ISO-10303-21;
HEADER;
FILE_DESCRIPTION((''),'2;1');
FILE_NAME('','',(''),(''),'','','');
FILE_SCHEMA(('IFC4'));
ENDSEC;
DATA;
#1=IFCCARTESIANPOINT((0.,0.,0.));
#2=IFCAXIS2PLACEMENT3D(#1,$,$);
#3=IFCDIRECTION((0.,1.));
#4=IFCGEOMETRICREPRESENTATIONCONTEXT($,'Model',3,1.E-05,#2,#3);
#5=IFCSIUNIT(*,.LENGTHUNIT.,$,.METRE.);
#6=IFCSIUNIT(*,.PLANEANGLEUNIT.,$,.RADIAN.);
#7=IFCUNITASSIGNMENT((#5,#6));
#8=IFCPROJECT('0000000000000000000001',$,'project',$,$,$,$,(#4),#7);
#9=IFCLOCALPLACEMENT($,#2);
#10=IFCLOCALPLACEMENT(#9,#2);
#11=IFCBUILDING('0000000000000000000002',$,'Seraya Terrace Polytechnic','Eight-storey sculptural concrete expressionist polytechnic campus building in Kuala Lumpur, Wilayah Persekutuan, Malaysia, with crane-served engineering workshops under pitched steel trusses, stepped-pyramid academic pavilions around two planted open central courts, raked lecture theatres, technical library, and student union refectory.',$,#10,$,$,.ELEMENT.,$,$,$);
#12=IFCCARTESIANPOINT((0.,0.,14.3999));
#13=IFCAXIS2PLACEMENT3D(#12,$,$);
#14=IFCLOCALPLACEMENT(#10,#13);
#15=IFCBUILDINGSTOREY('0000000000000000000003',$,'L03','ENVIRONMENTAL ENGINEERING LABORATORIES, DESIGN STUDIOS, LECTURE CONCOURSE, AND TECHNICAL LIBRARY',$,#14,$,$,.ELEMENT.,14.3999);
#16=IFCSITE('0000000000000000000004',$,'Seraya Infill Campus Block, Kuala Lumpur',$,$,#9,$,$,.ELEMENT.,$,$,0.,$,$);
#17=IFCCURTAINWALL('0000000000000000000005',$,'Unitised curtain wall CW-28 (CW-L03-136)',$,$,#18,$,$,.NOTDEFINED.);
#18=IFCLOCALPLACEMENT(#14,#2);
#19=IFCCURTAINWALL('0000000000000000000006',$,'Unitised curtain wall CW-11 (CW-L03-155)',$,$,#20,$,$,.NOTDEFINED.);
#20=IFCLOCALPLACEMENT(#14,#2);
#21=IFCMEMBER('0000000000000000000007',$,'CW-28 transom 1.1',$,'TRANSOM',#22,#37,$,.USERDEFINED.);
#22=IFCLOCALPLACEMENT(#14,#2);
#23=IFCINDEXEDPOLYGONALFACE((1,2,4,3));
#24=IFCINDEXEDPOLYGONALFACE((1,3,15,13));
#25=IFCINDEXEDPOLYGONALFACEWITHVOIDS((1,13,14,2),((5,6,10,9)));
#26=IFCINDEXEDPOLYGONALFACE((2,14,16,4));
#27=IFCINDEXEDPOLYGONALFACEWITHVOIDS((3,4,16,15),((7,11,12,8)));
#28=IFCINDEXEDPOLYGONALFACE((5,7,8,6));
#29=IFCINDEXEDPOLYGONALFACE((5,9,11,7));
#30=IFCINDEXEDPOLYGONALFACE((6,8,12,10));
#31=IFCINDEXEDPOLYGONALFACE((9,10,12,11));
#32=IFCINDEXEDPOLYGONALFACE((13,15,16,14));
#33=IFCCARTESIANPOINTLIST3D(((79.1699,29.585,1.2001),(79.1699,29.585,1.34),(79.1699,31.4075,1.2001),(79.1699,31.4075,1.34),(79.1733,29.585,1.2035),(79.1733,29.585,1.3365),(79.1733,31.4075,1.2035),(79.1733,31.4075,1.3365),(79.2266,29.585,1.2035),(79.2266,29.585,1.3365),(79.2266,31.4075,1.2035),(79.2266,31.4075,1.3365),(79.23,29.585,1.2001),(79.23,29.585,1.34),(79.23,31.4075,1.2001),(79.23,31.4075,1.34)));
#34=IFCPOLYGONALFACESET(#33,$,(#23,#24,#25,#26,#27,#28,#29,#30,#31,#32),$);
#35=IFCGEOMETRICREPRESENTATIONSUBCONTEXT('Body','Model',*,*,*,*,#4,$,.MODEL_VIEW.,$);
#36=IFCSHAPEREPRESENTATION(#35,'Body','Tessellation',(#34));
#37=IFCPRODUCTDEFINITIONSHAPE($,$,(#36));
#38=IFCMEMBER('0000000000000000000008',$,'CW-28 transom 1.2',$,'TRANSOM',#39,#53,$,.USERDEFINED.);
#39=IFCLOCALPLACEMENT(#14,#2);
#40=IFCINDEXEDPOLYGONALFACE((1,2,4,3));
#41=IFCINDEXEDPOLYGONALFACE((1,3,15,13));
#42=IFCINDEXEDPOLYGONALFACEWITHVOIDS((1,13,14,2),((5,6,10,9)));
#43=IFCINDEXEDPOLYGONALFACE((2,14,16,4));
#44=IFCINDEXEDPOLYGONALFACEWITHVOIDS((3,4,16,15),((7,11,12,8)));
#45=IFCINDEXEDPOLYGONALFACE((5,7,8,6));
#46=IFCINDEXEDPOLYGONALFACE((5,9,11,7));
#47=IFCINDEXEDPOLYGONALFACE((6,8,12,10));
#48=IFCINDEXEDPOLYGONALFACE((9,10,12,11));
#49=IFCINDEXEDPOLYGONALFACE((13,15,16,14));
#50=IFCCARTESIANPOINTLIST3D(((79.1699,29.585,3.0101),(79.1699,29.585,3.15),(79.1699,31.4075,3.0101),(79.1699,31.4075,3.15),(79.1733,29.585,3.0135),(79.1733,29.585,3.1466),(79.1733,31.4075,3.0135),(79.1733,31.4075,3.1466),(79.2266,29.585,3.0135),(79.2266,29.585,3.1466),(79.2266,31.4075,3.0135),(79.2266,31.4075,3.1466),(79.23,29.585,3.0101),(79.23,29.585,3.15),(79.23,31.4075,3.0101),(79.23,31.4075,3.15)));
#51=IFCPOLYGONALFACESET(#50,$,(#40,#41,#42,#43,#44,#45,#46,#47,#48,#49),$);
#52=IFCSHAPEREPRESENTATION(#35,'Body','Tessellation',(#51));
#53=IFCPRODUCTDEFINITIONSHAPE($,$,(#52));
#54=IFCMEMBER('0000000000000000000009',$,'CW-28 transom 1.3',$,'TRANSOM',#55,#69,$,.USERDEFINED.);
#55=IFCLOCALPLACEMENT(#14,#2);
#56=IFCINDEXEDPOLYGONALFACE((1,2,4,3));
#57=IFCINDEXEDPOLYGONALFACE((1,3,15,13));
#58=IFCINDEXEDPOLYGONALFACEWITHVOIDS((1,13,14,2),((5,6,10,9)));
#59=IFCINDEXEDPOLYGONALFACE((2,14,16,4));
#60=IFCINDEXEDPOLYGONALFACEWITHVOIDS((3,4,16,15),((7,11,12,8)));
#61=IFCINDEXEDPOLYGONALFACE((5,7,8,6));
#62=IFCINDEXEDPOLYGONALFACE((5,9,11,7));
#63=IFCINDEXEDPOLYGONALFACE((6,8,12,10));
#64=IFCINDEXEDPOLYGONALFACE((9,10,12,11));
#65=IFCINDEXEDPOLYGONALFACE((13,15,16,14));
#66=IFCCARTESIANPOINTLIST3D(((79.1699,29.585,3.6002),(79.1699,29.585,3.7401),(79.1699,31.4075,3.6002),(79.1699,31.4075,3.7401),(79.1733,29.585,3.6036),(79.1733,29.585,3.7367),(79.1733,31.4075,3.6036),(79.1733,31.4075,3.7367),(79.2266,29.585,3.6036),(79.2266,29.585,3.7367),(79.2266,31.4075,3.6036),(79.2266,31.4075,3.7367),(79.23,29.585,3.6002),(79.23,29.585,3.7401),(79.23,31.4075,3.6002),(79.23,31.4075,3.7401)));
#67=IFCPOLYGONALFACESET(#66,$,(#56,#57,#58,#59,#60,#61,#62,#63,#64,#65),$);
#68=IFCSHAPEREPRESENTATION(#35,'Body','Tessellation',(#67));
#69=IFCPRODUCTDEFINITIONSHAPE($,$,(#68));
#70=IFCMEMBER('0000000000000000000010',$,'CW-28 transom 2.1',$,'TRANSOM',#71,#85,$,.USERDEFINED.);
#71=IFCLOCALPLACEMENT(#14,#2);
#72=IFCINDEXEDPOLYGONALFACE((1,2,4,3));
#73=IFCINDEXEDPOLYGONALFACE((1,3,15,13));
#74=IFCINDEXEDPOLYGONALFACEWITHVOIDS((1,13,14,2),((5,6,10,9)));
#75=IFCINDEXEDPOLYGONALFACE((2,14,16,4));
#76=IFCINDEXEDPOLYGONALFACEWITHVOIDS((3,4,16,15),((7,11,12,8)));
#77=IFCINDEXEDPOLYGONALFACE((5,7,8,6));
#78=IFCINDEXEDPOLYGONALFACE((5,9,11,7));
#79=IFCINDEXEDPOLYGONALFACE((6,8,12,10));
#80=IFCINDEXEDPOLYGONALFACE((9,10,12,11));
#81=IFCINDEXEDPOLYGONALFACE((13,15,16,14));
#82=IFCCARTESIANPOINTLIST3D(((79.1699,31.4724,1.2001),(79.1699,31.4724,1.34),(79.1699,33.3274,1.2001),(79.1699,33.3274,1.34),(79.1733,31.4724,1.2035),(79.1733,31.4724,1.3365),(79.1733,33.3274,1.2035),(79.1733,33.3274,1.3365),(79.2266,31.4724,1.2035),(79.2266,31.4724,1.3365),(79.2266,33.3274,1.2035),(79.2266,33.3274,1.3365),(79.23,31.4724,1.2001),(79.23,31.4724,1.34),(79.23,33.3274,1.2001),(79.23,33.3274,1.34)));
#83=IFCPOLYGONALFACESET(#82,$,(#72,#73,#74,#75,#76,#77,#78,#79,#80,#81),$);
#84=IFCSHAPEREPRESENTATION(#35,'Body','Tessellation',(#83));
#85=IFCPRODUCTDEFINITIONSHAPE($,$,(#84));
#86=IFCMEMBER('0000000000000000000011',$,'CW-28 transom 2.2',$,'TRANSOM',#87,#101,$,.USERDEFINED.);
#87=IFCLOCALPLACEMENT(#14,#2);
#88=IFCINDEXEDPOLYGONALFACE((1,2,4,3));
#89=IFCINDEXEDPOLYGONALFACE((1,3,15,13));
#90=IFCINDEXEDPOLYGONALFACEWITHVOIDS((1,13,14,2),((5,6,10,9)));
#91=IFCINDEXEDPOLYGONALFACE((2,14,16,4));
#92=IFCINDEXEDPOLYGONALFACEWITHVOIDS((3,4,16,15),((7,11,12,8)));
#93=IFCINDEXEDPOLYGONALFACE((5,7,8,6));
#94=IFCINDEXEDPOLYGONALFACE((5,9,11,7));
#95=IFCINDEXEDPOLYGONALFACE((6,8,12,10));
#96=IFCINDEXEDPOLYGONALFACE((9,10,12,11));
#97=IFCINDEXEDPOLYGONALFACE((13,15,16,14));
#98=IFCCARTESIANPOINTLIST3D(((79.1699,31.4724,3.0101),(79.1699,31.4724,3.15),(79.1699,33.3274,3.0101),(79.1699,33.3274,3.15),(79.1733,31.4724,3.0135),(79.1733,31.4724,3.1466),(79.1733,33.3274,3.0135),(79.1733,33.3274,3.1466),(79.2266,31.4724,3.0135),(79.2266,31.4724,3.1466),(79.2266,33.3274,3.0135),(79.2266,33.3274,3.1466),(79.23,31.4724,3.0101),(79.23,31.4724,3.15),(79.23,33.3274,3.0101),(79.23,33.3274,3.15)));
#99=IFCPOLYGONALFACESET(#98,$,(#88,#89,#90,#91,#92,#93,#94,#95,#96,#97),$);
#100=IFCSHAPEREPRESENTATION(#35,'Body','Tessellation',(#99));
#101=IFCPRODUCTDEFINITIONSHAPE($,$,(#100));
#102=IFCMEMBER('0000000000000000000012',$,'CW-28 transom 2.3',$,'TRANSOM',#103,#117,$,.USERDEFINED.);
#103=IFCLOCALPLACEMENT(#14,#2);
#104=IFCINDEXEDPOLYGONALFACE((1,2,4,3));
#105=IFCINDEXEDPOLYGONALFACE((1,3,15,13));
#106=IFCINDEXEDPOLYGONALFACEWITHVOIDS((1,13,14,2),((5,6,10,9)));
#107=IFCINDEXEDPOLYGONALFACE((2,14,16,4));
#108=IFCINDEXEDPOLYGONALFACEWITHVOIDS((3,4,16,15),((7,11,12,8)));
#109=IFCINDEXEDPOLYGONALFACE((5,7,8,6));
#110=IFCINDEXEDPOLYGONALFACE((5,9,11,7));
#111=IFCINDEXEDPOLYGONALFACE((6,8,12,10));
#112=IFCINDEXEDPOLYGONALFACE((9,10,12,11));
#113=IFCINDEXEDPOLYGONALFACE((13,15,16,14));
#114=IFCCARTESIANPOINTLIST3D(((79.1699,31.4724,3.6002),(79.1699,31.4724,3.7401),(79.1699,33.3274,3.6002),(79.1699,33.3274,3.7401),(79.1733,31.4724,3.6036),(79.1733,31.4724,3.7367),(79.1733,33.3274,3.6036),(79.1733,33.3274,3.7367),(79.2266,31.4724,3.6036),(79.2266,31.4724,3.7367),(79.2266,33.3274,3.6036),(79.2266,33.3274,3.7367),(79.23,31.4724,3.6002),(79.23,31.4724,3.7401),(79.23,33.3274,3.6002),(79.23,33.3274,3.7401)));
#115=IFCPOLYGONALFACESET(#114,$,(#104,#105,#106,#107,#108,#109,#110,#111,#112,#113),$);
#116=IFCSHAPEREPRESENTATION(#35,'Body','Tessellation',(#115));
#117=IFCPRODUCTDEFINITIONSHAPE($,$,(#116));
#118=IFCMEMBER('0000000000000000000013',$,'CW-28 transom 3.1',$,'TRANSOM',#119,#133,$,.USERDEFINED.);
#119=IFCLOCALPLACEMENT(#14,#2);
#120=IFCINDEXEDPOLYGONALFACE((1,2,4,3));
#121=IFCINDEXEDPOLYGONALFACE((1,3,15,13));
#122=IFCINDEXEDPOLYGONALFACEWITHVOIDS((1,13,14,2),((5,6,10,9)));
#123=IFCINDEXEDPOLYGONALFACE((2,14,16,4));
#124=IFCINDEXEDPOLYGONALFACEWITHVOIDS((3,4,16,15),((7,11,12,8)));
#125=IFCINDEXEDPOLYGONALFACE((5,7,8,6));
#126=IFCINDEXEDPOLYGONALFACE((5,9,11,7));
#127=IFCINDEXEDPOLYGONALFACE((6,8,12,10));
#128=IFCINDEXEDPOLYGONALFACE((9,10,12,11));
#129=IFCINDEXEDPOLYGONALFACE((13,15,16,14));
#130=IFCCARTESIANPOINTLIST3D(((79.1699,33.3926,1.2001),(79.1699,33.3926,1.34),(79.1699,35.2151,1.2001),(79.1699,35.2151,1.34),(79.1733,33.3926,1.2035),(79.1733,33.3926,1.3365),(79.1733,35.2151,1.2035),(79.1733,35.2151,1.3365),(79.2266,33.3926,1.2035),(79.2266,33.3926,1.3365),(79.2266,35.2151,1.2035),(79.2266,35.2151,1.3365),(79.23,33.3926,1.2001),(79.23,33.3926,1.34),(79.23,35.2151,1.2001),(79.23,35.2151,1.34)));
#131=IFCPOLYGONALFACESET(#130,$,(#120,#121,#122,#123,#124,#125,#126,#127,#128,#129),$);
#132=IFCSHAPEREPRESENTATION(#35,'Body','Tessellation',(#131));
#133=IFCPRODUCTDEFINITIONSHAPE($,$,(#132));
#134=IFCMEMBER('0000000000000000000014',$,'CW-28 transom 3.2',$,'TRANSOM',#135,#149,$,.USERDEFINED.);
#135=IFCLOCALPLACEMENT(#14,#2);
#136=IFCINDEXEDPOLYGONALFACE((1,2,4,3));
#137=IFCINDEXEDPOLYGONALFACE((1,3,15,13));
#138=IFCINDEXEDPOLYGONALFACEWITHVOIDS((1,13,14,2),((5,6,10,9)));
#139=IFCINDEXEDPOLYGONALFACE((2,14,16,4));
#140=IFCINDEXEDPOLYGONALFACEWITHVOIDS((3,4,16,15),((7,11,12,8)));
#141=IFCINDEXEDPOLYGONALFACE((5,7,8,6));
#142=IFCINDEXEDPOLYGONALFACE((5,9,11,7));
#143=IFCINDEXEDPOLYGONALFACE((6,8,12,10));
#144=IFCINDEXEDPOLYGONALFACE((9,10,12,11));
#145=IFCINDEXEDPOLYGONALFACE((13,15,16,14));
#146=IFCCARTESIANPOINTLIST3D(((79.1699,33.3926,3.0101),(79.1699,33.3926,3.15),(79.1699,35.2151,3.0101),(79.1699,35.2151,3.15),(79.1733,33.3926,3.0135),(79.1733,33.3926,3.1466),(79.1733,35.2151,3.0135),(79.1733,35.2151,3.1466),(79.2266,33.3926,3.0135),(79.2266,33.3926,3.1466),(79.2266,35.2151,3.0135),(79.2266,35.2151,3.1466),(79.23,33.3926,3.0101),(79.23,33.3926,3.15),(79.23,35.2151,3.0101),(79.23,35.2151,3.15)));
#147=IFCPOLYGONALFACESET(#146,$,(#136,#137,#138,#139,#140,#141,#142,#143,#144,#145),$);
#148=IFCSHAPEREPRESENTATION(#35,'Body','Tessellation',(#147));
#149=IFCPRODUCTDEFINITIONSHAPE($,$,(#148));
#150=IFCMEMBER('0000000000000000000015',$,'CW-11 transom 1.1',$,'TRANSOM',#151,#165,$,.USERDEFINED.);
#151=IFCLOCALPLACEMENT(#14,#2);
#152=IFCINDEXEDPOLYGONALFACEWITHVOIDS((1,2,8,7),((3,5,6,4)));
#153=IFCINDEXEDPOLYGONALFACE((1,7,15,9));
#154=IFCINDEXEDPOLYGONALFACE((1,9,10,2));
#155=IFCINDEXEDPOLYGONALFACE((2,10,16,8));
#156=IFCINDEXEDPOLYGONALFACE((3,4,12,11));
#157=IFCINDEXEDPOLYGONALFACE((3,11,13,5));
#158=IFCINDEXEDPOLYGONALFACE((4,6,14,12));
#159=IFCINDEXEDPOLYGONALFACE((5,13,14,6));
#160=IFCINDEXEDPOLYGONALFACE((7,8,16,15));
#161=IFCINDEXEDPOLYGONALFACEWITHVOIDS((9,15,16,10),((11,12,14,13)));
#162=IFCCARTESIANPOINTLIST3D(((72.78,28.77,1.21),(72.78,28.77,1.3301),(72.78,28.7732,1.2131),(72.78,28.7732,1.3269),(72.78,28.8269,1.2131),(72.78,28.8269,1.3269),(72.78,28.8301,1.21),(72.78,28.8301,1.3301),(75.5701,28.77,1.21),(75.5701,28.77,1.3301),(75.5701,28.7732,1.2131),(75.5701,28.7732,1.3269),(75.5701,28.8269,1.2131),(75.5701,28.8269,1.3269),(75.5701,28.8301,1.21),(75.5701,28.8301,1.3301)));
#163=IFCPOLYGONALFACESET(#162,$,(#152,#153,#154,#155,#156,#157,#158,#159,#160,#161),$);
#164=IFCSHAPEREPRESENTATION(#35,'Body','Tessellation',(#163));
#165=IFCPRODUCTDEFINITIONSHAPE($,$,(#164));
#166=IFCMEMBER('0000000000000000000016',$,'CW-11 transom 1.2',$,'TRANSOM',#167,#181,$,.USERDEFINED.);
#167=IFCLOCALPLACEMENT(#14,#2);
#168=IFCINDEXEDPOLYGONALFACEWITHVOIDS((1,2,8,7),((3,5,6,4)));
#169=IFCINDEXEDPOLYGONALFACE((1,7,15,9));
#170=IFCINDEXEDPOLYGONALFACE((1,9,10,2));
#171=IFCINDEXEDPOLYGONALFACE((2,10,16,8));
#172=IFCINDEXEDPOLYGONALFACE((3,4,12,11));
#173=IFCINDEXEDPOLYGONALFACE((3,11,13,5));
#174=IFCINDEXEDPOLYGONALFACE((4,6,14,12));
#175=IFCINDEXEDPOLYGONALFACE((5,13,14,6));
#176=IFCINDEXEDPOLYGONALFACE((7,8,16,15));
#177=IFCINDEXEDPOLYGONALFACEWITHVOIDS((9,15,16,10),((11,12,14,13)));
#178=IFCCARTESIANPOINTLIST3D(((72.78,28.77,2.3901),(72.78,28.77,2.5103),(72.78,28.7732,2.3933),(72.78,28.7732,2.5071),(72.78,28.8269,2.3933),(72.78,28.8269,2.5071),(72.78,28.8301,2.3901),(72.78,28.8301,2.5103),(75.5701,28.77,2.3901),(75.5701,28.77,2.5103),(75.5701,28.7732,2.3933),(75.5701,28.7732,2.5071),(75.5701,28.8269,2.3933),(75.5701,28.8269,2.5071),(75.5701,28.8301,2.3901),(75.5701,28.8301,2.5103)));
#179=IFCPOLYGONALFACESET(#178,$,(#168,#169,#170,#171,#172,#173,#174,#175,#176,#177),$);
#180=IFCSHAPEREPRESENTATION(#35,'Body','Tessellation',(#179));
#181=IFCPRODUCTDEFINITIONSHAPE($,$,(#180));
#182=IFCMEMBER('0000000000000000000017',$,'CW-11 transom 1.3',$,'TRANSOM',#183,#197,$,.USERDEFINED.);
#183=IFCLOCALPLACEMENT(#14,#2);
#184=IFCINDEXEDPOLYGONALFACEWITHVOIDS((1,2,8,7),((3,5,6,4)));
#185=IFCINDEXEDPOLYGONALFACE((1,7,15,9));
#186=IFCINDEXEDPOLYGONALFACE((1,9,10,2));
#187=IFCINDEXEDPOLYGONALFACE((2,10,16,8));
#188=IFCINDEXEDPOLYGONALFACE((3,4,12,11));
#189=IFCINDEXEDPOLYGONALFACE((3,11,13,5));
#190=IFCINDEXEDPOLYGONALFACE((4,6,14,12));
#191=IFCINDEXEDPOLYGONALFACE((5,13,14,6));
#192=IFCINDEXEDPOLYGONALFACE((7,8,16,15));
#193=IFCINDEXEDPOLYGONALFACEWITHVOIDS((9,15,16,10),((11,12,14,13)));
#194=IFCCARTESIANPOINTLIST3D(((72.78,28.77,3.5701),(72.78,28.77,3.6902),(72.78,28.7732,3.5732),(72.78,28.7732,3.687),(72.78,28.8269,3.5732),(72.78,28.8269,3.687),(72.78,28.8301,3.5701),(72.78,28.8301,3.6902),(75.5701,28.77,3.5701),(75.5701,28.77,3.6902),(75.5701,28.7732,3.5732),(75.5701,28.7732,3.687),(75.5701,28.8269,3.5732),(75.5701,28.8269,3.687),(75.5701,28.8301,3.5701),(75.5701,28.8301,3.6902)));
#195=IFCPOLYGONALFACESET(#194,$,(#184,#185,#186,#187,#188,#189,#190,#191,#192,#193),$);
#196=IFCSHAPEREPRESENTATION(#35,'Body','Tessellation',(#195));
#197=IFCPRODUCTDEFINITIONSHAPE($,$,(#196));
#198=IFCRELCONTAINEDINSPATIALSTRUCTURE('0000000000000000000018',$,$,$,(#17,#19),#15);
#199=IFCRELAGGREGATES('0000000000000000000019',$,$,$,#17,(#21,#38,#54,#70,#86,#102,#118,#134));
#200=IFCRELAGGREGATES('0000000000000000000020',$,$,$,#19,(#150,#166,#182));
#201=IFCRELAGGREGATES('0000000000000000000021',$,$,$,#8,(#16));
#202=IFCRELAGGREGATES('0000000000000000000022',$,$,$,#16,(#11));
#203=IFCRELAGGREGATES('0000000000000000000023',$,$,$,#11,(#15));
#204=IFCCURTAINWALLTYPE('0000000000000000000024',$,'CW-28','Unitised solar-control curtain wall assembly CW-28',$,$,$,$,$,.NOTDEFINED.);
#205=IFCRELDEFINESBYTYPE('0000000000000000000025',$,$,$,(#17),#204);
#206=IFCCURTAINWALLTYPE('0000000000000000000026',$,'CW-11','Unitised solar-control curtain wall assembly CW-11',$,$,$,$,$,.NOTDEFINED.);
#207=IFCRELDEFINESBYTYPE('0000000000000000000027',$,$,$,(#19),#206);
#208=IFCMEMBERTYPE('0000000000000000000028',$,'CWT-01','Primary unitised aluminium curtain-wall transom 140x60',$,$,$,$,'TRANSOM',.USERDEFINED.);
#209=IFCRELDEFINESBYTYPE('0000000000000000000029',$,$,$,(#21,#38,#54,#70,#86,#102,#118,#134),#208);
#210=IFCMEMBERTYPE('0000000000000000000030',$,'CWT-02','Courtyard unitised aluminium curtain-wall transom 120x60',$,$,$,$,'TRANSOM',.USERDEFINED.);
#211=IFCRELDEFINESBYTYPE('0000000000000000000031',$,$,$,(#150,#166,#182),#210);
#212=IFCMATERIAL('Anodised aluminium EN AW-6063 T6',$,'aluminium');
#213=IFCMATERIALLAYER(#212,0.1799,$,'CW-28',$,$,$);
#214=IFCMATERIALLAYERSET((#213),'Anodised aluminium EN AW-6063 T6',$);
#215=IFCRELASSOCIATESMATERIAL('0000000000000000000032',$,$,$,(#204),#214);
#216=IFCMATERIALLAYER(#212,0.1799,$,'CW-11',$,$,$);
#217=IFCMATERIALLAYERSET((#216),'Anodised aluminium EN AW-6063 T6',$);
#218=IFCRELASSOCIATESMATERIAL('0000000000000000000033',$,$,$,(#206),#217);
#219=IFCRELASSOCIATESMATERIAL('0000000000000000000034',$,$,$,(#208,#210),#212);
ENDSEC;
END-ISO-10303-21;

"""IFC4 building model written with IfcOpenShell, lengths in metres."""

from ifc_helpers import new_model, si_unit, direction, frame, origin, origin_2d, place, context, subcontext, project, spatial, hollow_rectangle, extrude, material, layer, layer_set, material_profile, profile_set, type_object, element, aggregate, save


model = new_model("IFC4")

# Units and contexts
model_context = context("Model", 3, precision=1e-05, world=origin(), true_north=direction((0.0, 1.0)))
body_context = subcontext(model_context, "Body", "Model", "MODEL_VIEW")
ifc_project = project(units=[si_unit("LENGTHUNIT", "METRE"), si_unit("PLANEANGLEUNIT", "RADIAN")], contexts=[model_context])

# Site, building, storey
site_placement = place(None, origin())
site = spatial("IfcSite", under=ifc_project, at=site_placement, Name="Seraya Infill Campus Block, Kuala Lumpur", CompositionType="ELEMENT", RefElevation=0.0)
building_placement = place(site_placement, origin())
building = spatial("IfcBuilding", under=site, at=building_placement, Name="Seraya Terrace Polytechnic", Description="Eight-storey sculptural concrete expressionist polytechnic campus building in Kuala Lumpur, Wilayah Persekutuan, Malaysia, with crane-served engineering workshops under pitched steel trusses, stepped-pyramid academic pavilions around two planted open central courts, raked lecture theatres, technical library, and student union refectory.", CompositionType="ELEMENT")
storey_placement = place(building_placement, frame((0.0, 0.0, 14.3999)))
storey = spatial("IfcBuildingStorey", under=building, at=storey_placement, Name="L03", Description="ENVIRONMENTAL ENGINEERING LABORATORIES, DESIGN STUDIOS, LECTURE CONCOURSE, AND TECHNICAL LIBRARY", CompositionType="ELEMENT", Elevation=14.3999)

# Curtain wall
ifc_material_1 = material(Name="Anodised aluminium EN AW-6063 T6", Category="aluminium")
ifc_layer_1 = layer(ifc_material_1, 0.1799, Name="CW-28")
ifc_layer_set_1 = layer_set([ifc_layer_1], Name="Anodised aluminium EN AW-6063 T6")
curtain_wall_type_1 = type_object("IfcCurtainWallType", Name="CW-28", Description="Unitised solar-control curtain wall assembly CW-28", PredefinedType="NOTDEFINED", material=ifc_layer_set_1)
curtain_wall_1_placement = place(storey_placement, origin())
curtain_wall_1 = element("IfcCurtainWall", 1, at=curtain_wall_1_placement, inside=storey, type_object=curtain_wall_type_1, Name="Unitised curtain wall CW-28 (CW-L03-136)", PredefinedType="NOTDEFINED")

# Curtain wall
ifc_layer_2 = layer(ifc_material_1, 0.1799, Name="CW-11")
ifc_layer_set_2 = layer_set([ifc_layer_2], Name="Anodised aluminium EN AW-6063 T6")
curtain_wall_type_2 = type_object("IfcCurtainWallType", Name="CW-11", Description="Unitised solar-control curtain wall assembly CW-11", PredefinedType="NOTDEFINED", material=ifc_layer_set_2)
curtain_wall_2_placement = place(storey_placement, origin())
curtain_wall_2 = element("IfcCurtainWall", 2, at=curtain_wall_2_placement, inside=storey, type_object=curtain_wall_type_2, Name="Unitised curtain wall CW-11 (CW-L03-155)", PredefinedType="NOTDEFINED")

# Members
ifc_material_profile_1 = material_profile(ifc_material_1, hollow_rectangle(XDim=0.0601, YDim=0.1399, WallThickness=0.0034, at=origin_2d()), Name="RHS 140x60x3.5")
ifc_profile_set_1 = profile_set([ifc_material_profile_1], Name="Anodised aluminium EN AW-6063 T6")
member_type_1 = type_object("IfcMemberType", Name="CWT-01", Description="Primary unitised aluminium curtain-wall transom 140x60", ElementType="TRANSOM", PredefinedType="USERDEFINED", material=ifc_profile_set_1)
member_1_placement = place(storey_placement, frame((79.2, 29.585, 1.27), z_axis=(0.0, 1.0, 0.0), x_axis=(-1.0, 0.0, 0.0)))
member_1 = element("IfcMember", 3, at=member_1_placement, type_object=member_type_1, Name="CW-28 transom 1.1", ObjectType="TRANSOM", PredefinedType="USERDEFINED", context=body_context, shape_type="SweptSolid", body=[
    extrude(hollow_rectangle(XDim=0.0601, YDim=0.1399, WallThickness=0.0034, at=origin_2d()), origin(), (0.0, 0.0, 1.0), 1.8225),
])
member_2_placement = place(storey_placement, frame((79.2, 29.585, 3.0801), z_axis=(0.0, 1.0, 0.0), x_axis=(-1.0, 0.0, 0.0)))
member_2 = element("IfcMember", 4, at=member_2_placement, type_object=member_type_1, Name="CW-28 transom 1.2", ObjectType="TRANSOM", PredefinedType="USERDEFINED", context=body_context, shape_type="SweptSolid", body=[
    extrude(hollow_rectangle(XDim=0.0601, YDim=0.1399, WallThickness=0.0034, at=origin_2d()), origin(), (0.0, 0.0, 1.0), 1.8225),
])
member_3_placement = place(storey_placement, frame((79.2, 29.585, 3.6702), z_axis=(0.0, 1.0, 0.0), x_axis=(-1.0, 0.0, 0.0)))
member_3 = element("IfcMember", 5, at=member_3_placement, type_object=member_type_1, Name="CW-28 transom 1.3", ObjectType="TRANSOM", PredefinedType="USERDEFINED", context=body_context, shape_type="SweptSolid", body=[
    extrude(hollow_rectangle(XDim=0.0601, YDim=0.1399, WallThickness=0.0034, at=origin_2d()), origin(), (0.0, 0.0, 1.0), 1.8225),
])
member_4_placement = place(storey_placement, frame((79.2, 31.4724, 1.27), z_axis=(0.0, 1.0, 0.0), x_axis=(-1.0, 0.0, 0.0)))
member_4 = element("IfcMember", 6, at=member_4_placement, type_object=member_type_1, Name="CW-28 transom 2.1", ObjectType="TRANSOM", PredefinedType="USERDEFINED", context=body_context, shape_type="SweptSolid", body=[
    extrude(hollow_rectangle(XDim=0.0601, YDim=0.1399, WallThickness=0.0034, at=origin_2d()), origin(), (0.0, 0.0, 1.0), 1.855),
])
member_5_placement = place(storey_placement, frame((79.2, 31.4724, 3.0801), z_axis=(0.0, 1.0, 0.0), x_axis=(-1.0, 0.0, 0.0)))
member_5 = element("IfcMember", 7, at=member_5_placement, type_object=member_type_1, Name="CW-28 transom 2.2", ObjectType="TRANSOM", PredefinedType="USERDEFINED", context=body_context, shape_type="SweptSolid", body=[
    extrude(hollow_rectangle(XDim=0.0601, YDim=0.1399, WallThickness=0.0034, at=origin_2d()), origin(), (0.0, 0.0, 1.0), 1.855),
])
member_6_placement = place(storey_placement, frame((79.2, 31.4724, 3.6702), z_axis=(0.0, 1.0, 0.0), x_axis=(-1.0, 0.0, 0.0)))
member_6 = element("IfcMember", 8, at=member_6_placement, type_object=member_type_1, Name="CW-28 transom 2.3", ObjectType="TRANSOM", PredefinedType="USERDEFINED", context=body_context, shape_type="SweptSolid", body=[
    extrude(hollow_rectangle(XDim=0.0601, YDim=0.1399, WallThickness=0.0034, at=origin_2d()), origin(), (0.0, 0.0, 1.0), 1.855),
])
member_7_placement = place(storey_placement, frame((79.2, 33.3926, 1.27), z_axis=(0.0, 1.0, 0.0), x_axis=(-1.0, 0.0, 0.0)))
member_7 = element("IfcMember", 9, at=member_7_placement, type_object=member_type_1, Name="CW-28 transom 3.1", ObjectType="TRANSOM", PredefinedType="USERDEFINED", context=body_context, shape_type="SweptSolid", body=[
    extrude(hollow_rectangle(XDim=0.0601, YDim=0.1399, WallThickness=0.0034, at=origin_2d()), origin(), (0.0, 0.0, 1.0), 1.8225),
])
member_8_placement = place(storey_placement, frame((79.2, 33.3926, 3.0801), z_axis=(0.0, 1.0, 0.0), x_axis=(-1.0, 0.0, 0.0)))
member_8 = element("IfcMember", 10, at=member_8_placement, type_object=member_type_1, Name="CW-28 transom 3.2", ObjectType="TRANSOM", PredefinedType="USERDEFINED", context=body_context, shape_type="SweptSolid", body=[
    extrude(hollow_rectangle(XDim=0.0601, YDim=0.1399, WallThickness=0.0034, at=origin_2d()), origin(), (0.0, 0.0, 1.0), 1.8225),
])
ifc_material_profile_2 = material_profile(ifc_material_1, hollow_rectangle(XDim=0.0601, YDim=0.1201, WallThickness=0.0032, at=origin_2d()), Name="RHS 120x60x3.2")
ifc_profile_set_2 = profile_set([ifc_material_profile_2], Name="Anodised aluminium EN AW-6063 T6")
member_type_2 = type_object("IfcMemberType", Name="CWT-02", Description="Courtyard unitised aluminium curtain-wall transom 120x60", ElementType="TRANSOM", PredefinedType="USERDEFINED", material=ifc_profile_set_2)
member_9_placement = place(storey_placement, frame((72.78, 28.8, 1.27), z_axis=(1.0, 0.0, 0.0), x_axis=(0.0, 1.0, 0.0)))
member_9 = element("IfcMember", 11, at=member_9_placement, type_object=member_type_2, Name="CW-11 transom 1.1", ObjectType="TRANSOM", PredefinedType="USERDEFINED", context=body_context, shape_type="SweptSolid", body=[
    extrude(hollow_rectangle(XDim=0.0601, YDim=0.1201, WallThickness=0.0032, at=origin_2d()), origin(), (0.0, 0.0, 1.0), 2.79),
])
member_10_placement = place(storey_placement, frame((72.78, 28.8, 2.4502), z_axis=(1.0, 0.0, 0.0), x_axis=(0.0, 1.0, 0.0)))
member_10 = element("IfcMember", 12, at=member_10_placement, type_object=member_type_2, Name="CW-11 transom 1.2", ObjectType="TRANSOM", PredefinedType="USERDEFINED", context=body_context, shape_type="SweptSolid", body=[
    extrude(hollow_rectangle(XDim=0.0601, YDim=0.1201, WallThickness=0.0032, at=origin_2d()), origin(), (0.0, 0.0, 1.0), 2.79),
])
member_11_placement = place(storey_placement, frame((72.78, 28.8, 3.6301), z_axis=(1.0, 0.0, 0.0), x_axis=(0.0, 1.0, 0.0)))
member_11 = element("IfcMember", 13, at=member_11_placement, type_object=member_type_2, Name="CW-11 transom 1.3", ObjectType="TRANSOM", PredefinedType="USERDEFINED", context=body_context, shape_type="SweptSolid", body=[
    extrude(hollow_rectangle(XDim=0.0601, YDim=0.1201, WallThickness=0.0032, at=origin_2d()), origin(), (0.0, 0.0, 1.0), 2.79),
])

aggregate(curtain_wall_1, [member_1, member_2, member_3, member_4, member_5, member_6, member_7, member_8])
aggregate(curtain_wall_2, [member_9, member_10, member_11])

save(model, "model.ifc")
